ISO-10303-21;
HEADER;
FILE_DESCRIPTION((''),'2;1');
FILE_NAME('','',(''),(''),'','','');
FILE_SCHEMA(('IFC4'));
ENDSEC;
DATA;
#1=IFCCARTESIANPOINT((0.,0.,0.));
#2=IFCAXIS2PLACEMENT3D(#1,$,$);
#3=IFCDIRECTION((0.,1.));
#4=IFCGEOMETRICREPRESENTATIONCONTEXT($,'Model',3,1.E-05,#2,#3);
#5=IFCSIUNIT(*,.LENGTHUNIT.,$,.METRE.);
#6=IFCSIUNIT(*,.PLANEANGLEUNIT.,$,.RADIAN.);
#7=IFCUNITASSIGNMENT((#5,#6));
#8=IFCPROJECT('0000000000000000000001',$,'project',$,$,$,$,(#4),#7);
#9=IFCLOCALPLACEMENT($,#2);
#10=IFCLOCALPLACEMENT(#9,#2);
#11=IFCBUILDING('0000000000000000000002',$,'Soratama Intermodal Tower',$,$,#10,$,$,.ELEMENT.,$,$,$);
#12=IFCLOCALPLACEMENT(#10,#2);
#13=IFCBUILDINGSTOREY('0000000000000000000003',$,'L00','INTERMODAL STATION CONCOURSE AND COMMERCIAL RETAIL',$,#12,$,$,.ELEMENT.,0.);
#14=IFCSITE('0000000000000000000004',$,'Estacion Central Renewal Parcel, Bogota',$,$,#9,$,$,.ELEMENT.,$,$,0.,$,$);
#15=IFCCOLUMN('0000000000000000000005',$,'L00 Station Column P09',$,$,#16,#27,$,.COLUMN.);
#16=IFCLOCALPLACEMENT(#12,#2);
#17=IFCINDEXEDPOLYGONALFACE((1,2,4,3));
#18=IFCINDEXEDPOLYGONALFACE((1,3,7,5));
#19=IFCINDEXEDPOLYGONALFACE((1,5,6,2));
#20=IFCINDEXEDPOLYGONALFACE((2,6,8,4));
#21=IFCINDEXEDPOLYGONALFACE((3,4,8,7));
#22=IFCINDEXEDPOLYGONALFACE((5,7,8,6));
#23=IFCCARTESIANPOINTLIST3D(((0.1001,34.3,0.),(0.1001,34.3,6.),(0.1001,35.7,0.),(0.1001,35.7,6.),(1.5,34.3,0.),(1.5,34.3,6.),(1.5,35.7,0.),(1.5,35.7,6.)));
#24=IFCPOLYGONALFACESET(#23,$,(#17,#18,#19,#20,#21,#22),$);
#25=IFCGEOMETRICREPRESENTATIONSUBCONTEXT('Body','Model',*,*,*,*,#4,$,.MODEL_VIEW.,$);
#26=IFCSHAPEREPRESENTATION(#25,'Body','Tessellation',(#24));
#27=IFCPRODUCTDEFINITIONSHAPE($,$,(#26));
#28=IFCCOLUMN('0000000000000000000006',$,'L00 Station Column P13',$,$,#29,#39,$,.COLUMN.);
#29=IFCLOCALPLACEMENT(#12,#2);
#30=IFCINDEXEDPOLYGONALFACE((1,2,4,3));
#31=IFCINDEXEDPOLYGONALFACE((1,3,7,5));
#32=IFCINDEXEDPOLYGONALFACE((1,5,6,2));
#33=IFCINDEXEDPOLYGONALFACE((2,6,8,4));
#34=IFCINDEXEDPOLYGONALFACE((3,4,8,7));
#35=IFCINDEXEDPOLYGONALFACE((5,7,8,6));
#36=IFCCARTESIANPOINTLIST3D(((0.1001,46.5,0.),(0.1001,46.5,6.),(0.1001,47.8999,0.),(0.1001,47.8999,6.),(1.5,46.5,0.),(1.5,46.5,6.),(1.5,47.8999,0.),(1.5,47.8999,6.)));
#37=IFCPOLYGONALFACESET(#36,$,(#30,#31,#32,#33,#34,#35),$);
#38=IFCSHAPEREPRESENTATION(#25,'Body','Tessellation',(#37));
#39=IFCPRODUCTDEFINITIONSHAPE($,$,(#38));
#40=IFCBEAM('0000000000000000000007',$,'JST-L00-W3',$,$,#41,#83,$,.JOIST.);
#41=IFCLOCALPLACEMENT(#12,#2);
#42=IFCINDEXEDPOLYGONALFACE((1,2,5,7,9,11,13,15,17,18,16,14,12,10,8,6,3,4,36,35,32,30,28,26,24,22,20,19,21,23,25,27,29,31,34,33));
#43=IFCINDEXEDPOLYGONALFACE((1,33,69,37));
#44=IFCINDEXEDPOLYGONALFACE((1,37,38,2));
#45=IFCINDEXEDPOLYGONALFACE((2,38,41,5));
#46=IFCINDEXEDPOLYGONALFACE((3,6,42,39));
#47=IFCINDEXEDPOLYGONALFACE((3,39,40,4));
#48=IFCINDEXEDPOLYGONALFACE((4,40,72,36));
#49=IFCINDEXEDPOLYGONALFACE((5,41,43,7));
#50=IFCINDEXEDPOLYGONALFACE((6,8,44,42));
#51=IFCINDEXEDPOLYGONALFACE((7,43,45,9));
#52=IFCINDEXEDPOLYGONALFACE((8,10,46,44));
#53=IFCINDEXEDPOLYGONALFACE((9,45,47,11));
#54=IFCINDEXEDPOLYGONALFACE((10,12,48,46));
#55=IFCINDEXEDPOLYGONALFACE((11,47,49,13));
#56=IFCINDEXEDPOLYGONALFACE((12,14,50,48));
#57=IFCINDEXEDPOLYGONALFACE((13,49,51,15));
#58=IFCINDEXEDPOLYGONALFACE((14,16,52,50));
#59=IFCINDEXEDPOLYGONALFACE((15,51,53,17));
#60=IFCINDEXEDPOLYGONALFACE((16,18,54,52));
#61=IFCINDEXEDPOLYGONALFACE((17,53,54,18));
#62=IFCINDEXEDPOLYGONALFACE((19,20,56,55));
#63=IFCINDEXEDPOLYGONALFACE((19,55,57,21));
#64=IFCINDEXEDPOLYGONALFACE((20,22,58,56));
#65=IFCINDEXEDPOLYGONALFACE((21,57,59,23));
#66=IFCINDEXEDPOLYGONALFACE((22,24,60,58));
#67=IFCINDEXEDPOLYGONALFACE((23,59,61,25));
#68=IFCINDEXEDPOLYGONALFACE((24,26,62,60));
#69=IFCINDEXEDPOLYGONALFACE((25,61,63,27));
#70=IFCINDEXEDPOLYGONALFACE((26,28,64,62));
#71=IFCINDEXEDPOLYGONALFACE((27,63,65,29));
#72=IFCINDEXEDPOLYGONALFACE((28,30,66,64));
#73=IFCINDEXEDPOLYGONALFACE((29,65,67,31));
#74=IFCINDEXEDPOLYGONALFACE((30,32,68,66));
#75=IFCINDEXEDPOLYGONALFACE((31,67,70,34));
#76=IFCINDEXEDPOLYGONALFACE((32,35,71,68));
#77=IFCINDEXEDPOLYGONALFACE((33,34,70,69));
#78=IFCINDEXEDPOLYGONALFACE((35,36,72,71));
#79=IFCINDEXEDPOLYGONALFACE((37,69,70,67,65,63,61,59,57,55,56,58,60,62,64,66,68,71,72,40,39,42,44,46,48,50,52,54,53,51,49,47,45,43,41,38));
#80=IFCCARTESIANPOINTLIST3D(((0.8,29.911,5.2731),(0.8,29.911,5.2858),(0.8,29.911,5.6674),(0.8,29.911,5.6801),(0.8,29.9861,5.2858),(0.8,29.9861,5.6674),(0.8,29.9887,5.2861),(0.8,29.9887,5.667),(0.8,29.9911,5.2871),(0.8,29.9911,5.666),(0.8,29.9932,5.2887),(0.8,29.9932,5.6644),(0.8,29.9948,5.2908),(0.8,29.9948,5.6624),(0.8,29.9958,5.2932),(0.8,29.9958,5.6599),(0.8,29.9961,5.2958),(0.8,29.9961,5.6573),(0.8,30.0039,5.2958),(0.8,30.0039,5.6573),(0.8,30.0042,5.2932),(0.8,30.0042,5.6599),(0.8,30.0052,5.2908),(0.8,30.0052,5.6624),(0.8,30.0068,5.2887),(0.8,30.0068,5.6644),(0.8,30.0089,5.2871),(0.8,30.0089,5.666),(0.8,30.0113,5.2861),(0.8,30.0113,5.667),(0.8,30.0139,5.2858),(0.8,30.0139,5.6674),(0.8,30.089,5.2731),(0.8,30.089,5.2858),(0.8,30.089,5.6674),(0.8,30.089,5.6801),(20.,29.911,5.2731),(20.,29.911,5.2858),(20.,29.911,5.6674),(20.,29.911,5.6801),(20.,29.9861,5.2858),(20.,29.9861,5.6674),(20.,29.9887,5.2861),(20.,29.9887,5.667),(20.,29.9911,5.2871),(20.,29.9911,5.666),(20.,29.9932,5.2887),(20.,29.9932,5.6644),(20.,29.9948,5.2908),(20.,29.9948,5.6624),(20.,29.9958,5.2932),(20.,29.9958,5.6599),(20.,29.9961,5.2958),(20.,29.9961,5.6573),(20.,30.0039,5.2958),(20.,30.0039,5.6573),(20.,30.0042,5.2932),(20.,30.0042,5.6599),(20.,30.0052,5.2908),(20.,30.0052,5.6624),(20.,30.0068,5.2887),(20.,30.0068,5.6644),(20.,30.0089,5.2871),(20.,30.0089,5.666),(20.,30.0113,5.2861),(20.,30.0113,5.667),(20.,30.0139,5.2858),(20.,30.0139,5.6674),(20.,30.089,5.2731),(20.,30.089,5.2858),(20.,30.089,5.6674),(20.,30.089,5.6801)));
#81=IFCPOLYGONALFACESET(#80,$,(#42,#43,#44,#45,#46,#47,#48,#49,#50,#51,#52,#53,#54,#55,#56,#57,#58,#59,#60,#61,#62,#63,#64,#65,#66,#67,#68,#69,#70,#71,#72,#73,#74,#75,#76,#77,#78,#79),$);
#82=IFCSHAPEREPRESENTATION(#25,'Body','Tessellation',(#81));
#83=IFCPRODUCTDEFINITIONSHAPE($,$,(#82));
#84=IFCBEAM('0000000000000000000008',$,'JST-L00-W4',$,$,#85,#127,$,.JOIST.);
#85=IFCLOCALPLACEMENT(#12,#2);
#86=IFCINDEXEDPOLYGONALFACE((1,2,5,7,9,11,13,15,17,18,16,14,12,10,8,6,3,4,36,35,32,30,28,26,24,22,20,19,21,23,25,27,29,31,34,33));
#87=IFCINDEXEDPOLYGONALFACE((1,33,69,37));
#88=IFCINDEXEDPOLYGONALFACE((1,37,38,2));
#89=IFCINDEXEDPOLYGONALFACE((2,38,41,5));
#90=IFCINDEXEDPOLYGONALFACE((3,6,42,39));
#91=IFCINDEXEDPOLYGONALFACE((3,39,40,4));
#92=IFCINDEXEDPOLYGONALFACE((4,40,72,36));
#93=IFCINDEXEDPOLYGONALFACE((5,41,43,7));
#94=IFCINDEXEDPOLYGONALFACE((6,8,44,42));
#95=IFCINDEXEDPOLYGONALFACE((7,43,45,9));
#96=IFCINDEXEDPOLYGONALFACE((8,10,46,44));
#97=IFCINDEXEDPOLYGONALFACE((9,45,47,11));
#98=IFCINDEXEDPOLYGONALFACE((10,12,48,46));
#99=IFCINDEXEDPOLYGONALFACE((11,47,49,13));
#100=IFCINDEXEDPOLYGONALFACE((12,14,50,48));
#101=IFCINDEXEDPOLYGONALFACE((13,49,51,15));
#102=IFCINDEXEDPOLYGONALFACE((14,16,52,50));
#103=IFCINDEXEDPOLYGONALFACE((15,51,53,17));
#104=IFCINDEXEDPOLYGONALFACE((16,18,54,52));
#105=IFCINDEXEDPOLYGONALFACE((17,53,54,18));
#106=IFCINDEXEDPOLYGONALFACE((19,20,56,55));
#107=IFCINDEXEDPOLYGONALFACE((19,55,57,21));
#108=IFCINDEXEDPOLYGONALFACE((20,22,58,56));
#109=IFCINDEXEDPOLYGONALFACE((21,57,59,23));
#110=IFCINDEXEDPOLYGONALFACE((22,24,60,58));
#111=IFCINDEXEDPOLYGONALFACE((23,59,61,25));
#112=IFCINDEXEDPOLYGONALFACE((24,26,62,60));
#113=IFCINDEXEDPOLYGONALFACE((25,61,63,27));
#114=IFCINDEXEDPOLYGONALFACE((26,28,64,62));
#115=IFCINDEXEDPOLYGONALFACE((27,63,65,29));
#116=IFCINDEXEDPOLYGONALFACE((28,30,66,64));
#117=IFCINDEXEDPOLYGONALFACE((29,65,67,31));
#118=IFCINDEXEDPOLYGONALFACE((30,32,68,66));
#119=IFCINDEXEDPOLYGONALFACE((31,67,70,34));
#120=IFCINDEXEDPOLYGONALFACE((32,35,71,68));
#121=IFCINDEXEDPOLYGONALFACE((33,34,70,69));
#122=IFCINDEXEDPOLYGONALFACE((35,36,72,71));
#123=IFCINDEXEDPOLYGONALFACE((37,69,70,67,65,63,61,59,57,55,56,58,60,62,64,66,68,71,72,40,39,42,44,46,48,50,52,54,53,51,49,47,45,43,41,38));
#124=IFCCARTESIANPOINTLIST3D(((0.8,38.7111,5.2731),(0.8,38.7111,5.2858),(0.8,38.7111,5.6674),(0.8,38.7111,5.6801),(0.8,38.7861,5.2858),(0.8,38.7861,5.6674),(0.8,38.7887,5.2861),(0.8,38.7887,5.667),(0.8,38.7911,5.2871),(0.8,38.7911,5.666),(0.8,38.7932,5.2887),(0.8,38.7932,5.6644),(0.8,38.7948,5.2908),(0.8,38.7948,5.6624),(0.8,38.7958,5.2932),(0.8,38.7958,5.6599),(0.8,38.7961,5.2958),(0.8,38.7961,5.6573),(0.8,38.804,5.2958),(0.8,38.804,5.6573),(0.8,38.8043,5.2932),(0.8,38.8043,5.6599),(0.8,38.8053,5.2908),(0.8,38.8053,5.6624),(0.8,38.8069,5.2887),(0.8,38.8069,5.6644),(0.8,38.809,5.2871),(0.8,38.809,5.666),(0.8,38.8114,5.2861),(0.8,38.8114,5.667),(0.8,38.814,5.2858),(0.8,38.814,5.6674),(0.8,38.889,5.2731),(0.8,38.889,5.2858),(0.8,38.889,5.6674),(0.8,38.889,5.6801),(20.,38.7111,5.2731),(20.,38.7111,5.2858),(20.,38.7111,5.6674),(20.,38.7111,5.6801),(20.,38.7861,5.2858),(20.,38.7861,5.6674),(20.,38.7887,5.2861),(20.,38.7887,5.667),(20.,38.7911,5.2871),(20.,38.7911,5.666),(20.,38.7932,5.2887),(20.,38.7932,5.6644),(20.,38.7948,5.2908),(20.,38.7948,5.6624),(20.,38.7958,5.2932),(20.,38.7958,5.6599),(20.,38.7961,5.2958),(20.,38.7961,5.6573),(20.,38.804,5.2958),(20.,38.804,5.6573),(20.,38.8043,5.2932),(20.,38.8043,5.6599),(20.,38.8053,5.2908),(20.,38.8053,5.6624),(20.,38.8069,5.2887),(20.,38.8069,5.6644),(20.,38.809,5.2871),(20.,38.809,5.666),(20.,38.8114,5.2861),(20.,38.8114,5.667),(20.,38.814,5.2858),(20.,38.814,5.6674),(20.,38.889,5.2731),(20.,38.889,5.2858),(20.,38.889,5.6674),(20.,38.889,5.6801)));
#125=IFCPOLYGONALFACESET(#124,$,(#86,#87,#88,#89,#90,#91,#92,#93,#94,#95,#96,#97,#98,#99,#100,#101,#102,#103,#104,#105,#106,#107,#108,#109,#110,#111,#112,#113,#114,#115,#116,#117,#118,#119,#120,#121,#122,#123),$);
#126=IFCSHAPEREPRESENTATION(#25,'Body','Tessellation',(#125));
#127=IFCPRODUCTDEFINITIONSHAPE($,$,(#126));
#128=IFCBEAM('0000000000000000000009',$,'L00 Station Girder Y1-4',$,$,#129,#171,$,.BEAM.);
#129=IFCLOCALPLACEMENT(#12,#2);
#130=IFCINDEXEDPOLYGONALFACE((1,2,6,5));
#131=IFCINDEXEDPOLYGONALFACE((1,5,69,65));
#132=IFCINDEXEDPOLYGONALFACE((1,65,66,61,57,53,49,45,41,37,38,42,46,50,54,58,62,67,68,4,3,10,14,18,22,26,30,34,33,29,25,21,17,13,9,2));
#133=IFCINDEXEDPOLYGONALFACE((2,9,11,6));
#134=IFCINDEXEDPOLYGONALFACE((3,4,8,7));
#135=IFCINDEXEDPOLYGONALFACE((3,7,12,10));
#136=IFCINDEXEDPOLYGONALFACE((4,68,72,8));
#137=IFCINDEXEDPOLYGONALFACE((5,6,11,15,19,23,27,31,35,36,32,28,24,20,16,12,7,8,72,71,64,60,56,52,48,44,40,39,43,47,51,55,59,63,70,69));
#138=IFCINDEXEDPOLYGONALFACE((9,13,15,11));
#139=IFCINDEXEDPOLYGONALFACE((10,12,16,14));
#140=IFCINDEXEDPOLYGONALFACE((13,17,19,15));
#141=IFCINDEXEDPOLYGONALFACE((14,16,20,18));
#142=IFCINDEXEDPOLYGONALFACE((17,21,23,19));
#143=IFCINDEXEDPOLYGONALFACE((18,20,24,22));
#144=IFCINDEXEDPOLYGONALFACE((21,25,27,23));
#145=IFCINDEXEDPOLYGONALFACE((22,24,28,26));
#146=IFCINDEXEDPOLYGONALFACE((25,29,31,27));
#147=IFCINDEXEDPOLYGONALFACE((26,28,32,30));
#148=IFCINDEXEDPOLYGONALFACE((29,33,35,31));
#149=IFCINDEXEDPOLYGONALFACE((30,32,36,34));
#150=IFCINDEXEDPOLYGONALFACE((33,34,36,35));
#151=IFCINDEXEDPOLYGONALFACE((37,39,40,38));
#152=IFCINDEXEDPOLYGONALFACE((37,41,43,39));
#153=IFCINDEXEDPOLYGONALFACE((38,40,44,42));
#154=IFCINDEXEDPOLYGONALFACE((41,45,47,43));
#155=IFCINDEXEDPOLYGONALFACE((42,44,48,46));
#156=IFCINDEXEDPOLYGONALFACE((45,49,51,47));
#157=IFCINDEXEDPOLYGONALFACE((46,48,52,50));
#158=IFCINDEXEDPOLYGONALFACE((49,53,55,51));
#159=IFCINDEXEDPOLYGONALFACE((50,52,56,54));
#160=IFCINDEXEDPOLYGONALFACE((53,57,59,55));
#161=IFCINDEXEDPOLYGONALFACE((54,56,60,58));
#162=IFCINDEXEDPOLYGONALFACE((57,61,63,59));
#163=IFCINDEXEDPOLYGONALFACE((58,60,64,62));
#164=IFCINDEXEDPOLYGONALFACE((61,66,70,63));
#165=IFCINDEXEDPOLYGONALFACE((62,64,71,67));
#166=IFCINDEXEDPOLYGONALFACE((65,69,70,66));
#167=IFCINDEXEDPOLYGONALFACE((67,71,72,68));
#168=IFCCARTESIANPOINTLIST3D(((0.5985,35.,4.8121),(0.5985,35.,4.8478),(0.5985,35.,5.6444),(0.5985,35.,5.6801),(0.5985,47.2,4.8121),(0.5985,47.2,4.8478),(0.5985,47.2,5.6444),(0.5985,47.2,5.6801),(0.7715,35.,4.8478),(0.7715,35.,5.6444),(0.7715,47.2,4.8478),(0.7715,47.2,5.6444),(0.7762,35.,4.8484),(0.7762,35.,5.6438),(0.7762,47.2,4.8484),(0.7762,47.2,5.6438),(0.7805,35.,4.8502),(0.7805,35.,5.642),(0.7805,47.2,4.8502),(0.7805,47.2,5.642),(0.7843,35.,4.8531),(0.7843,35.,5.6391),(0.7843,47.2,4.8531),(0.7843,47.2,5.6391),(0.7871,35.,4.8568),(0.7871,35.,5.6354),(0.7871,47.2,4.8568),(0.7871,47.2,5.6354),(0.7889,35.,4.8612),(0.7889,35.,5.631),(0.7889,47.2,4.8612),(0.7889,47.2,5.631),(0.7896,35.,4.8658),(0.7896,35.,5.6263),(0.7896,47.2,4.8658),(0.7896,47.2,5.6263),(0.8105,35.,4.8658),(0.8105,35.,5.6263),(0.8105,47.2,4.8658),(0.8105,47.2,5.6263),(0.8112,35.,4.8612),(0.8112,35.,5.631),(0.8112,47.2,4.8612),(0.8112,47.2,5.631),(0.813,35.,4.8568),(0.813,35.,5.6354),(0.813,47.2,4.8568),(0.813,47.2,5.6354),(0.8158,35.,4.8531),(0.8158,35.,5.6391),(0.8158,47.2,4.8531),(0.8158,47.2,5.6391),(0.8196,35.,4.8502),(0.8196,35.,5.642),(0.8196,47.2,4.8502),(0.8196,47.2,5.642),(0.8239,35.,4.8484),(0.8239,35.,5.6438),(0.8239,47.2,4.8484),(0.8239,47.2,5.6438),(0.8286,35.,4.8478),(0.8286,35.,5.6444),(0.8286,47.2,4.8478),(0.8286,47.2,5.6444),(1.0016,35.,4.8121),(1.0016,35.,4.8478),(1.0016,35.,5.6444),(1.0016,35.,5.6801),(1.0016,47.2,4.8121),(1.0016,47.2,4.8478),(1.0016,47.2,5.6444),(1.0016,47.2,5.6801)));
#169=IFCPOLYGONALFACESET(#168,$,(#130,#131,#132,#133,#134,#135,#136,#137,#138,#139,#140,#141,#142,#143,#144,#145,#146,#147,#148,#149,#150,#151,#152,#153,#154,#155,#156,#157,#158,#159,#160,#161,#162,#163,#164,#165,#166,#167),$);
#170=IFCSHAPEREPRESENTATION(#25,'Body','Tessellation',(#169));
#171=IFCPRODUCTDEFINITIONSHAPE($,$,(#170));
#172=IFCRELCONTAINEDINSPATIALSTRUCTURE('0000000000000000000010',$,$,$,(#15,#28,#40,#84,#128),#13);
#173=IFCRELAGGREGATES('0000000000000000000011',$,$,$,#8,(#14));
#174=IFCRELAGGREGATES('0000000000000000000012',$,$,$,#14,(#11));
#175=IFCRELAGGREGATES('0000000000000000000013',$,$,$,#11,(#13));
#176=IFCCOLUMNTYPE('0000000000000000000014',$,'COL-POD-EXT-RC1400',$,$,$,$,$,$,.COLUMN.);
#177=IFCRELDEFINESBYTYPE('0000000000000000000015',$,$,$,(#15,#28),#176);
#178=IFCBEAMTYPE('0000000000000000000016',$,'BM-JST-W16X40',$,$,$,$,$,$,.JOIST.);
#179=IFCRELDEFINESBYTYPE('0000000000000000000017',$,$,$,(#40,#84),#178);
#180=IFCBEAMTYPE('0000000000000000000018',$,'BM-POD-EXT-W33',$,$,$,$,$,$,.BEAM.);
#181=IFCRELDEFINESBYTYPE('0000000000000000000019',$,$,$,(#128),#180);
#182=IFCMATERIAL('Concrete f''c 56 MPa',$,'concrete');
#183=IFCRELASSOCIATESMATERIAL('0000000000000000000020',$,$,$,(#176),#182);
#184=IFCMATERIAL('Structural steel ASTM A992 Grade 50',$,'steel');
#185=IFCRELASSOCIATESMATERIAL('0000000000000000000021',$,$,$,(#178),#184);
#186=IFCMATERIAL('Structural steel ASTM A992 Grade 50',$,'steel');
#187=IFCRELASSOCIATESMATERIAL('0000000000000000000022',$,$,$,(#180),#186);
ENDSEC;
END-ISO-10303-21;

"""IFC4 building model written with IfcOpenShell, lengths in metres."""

from ifc_helpers import new_model, si_unit, direction, frame, origin, origin_2d, place, context, subcontext, project, spatial, rectangle, i_section, extrude, material, material_profile, profile_set, type_object, element, save


model = new_model("IFC4")

# Units and contexts
model_context = context("Model", 3, precision=1e-05, world=origin(), true_north=direction((0.0, 1.0)))
body_context = subcontext(model_context, "Body", "Model", "MODEL_VIEW")
ifc_project = project(units=[si_unit("LENGTHUNIT", "METRE"), si_unit("PLANEANGLEUNIT", "RADIAN")], contexts=[model_context])

# Site, building, storey
site_placement = place(None, origin())
site = spatial("IfcSite", under=ifc_project, at=site_placement, Name="Estacion Central Renewal Parcel, Bogota", CompositionType="ELEMENT", RefElevation=0.0)
building_placement = place(site_placement, origin())
building = spatial("IfcBuilding", under=site, at=building_placement, Name="Soratama Intermodal Tower", CompositionType="ELEMENT")
storey_placement = place(building_placement, origin())
storey = spatial("IfcBuildingStorey", under=building, at=storey_placement, Name="L00", Description="INTERMODAL STATION CONCOURSE AND COMMERCIAL RETAIL", CompositionType="ELEMENT", Elevation=0.0)

# Columns
ifc_material_1 = material(Name="Concrete f'c 56 MPa", Category="concrete")
ifc_material_profile_1 = material_profile(ifc_material_1, rectangle(XDim=1.3999, YDim=1.3999, at=origin_2d()), Name="RC1400X1400")
ifc_profile_set_1 = profile_set([ifc_material_profile_1], Name="Concrete f'c 56 MPa")
column_type = type_object("IfcColumnType", Name="COL-POD-EXT-RC1400", PredefinedType="COLUMN", material=ifc_profile_set_1)
for number, where, z_axis, x_axis, name in (
    (1, (0.8, 35.0, 0.0), (0.0, 0.0, 1.0), (1.0, 0.0, 0.0), "L00 Station Column P09"),
    (2, (0.8, 47.2, 0.0), (0.0, 0.0, 1.0), (1.0, 0.0, 0.0), "L00 Station Column P13"),
):
    element("IfcColumn", number, at=place(storey_placement, frame(where, z_axis=z_axis, x_axis=x_axis)), inside=storey, type_object=column_type, Name=name, PredefinedType="COLUMN", context=body_context, shape_type="SweptSolid", body=[
        extrude(rectangle(XDim=1.3999, YDim=1.3999, at=origin_2d()), origin(), (0.0, 0.0, 1.0), 6.0),
    ])

# Beams
ifc_material_2 = material(Name="Structural steel ASTM A992 Grade 50", Category="steel")
ifc_material_profile_2 = material_profile(ifc_material_2, i_section(OverallWidth=0.178, OverallDepth=0.407, WebThickness=0.0078, FlangeThickness=0.0127, FilletRadius=0.01, at=origin_2d()), Name="W16X40")
ifc_profile_set_2 = profile_set([ifc_material_profile_2], Name="Structural steel ASTM A992 Grade 50")
beam_type_1 = type_object("IfcBeamType", Name="BM-JST-W16X40", PredefinedType="JOIST", material=ifc_profile_set_2)
for number, where, z_axis, x_axis, name in (
    (3, (0.8, 30.0, 5.4766), (1.0, 0.0, 0.0), (0.0, 1.0, 0.0), "JST-L00-W3"),
    (4, (0.8, 38.8, 5.4766), (1.0, 0.0, 0.0), (0.0, 1.0, 0.0), "JST-L00-W4"),
):
    element("IfcBeam", number, at=place(storey_placement, frame(where, z_axis=z_axis, x_axis=x_axis)), inside=storey, type_object=beam_type_1, Name=name, PredefinedType="JOIST", context=body_context, shape_type="SweptSolid", body=[
        extrude(i_section(OverallWidth=0.178, OverallDepth=0.407, WebThickness=0.0078, FlangeThickness=0.0127, FilletRadius=0.01, at=origin_2d()), origin(), (0.0, 0.0, 1.0), 19.2),
    ])
ifc_material_3 = material(Name="Structural steel ASTM A992 Grade 50", Category="steel")
ifc_material_profile_3 = material_profile(ifc_material_3, i_section(OverallWidth=0.4031, OverallDepth=0.8679, WebThickness=0.021, FlangeThickness=0.0356, FilletRadius=0.0181, at=origin_2d()), Name="W33X241")
ifc_profile_set_3 = profile_set([ifc_material_profile_3], Name="Structural steel ASTM A992 Grade 50")
beam_type_2 = type_object("IfcBeamType", Name="BM-POD-EXT-W33", PredefinedType="BEAM", material=ifc_profile_set_3)
beam_1_placement = place(storey_placement, frame((0.8, 35.0, 5.2461), z_axis=(0.0, 1.0, 0.0), x_axis=(-1.0, 0.0, 0.0)))
element("IfcBeam", 5, at=beam_1_placement, inside=storey, type_object=beam_type_2, Name="L00 Station Girder Y1-4", PredefinedType="BEAM", context=body_context, shape_type="SweptSolid", body=[
    extrude(i_section(OverallWidth=0.4031, OverallDepth=0.8679, WebThickness=0.021, FlangeThickness=0.0356, FilletRadius=0.0181, at=origin_2d()), origin(), (0.0, 0.0, 1.0), 12.2),
])

save(model, "model.ifc")
